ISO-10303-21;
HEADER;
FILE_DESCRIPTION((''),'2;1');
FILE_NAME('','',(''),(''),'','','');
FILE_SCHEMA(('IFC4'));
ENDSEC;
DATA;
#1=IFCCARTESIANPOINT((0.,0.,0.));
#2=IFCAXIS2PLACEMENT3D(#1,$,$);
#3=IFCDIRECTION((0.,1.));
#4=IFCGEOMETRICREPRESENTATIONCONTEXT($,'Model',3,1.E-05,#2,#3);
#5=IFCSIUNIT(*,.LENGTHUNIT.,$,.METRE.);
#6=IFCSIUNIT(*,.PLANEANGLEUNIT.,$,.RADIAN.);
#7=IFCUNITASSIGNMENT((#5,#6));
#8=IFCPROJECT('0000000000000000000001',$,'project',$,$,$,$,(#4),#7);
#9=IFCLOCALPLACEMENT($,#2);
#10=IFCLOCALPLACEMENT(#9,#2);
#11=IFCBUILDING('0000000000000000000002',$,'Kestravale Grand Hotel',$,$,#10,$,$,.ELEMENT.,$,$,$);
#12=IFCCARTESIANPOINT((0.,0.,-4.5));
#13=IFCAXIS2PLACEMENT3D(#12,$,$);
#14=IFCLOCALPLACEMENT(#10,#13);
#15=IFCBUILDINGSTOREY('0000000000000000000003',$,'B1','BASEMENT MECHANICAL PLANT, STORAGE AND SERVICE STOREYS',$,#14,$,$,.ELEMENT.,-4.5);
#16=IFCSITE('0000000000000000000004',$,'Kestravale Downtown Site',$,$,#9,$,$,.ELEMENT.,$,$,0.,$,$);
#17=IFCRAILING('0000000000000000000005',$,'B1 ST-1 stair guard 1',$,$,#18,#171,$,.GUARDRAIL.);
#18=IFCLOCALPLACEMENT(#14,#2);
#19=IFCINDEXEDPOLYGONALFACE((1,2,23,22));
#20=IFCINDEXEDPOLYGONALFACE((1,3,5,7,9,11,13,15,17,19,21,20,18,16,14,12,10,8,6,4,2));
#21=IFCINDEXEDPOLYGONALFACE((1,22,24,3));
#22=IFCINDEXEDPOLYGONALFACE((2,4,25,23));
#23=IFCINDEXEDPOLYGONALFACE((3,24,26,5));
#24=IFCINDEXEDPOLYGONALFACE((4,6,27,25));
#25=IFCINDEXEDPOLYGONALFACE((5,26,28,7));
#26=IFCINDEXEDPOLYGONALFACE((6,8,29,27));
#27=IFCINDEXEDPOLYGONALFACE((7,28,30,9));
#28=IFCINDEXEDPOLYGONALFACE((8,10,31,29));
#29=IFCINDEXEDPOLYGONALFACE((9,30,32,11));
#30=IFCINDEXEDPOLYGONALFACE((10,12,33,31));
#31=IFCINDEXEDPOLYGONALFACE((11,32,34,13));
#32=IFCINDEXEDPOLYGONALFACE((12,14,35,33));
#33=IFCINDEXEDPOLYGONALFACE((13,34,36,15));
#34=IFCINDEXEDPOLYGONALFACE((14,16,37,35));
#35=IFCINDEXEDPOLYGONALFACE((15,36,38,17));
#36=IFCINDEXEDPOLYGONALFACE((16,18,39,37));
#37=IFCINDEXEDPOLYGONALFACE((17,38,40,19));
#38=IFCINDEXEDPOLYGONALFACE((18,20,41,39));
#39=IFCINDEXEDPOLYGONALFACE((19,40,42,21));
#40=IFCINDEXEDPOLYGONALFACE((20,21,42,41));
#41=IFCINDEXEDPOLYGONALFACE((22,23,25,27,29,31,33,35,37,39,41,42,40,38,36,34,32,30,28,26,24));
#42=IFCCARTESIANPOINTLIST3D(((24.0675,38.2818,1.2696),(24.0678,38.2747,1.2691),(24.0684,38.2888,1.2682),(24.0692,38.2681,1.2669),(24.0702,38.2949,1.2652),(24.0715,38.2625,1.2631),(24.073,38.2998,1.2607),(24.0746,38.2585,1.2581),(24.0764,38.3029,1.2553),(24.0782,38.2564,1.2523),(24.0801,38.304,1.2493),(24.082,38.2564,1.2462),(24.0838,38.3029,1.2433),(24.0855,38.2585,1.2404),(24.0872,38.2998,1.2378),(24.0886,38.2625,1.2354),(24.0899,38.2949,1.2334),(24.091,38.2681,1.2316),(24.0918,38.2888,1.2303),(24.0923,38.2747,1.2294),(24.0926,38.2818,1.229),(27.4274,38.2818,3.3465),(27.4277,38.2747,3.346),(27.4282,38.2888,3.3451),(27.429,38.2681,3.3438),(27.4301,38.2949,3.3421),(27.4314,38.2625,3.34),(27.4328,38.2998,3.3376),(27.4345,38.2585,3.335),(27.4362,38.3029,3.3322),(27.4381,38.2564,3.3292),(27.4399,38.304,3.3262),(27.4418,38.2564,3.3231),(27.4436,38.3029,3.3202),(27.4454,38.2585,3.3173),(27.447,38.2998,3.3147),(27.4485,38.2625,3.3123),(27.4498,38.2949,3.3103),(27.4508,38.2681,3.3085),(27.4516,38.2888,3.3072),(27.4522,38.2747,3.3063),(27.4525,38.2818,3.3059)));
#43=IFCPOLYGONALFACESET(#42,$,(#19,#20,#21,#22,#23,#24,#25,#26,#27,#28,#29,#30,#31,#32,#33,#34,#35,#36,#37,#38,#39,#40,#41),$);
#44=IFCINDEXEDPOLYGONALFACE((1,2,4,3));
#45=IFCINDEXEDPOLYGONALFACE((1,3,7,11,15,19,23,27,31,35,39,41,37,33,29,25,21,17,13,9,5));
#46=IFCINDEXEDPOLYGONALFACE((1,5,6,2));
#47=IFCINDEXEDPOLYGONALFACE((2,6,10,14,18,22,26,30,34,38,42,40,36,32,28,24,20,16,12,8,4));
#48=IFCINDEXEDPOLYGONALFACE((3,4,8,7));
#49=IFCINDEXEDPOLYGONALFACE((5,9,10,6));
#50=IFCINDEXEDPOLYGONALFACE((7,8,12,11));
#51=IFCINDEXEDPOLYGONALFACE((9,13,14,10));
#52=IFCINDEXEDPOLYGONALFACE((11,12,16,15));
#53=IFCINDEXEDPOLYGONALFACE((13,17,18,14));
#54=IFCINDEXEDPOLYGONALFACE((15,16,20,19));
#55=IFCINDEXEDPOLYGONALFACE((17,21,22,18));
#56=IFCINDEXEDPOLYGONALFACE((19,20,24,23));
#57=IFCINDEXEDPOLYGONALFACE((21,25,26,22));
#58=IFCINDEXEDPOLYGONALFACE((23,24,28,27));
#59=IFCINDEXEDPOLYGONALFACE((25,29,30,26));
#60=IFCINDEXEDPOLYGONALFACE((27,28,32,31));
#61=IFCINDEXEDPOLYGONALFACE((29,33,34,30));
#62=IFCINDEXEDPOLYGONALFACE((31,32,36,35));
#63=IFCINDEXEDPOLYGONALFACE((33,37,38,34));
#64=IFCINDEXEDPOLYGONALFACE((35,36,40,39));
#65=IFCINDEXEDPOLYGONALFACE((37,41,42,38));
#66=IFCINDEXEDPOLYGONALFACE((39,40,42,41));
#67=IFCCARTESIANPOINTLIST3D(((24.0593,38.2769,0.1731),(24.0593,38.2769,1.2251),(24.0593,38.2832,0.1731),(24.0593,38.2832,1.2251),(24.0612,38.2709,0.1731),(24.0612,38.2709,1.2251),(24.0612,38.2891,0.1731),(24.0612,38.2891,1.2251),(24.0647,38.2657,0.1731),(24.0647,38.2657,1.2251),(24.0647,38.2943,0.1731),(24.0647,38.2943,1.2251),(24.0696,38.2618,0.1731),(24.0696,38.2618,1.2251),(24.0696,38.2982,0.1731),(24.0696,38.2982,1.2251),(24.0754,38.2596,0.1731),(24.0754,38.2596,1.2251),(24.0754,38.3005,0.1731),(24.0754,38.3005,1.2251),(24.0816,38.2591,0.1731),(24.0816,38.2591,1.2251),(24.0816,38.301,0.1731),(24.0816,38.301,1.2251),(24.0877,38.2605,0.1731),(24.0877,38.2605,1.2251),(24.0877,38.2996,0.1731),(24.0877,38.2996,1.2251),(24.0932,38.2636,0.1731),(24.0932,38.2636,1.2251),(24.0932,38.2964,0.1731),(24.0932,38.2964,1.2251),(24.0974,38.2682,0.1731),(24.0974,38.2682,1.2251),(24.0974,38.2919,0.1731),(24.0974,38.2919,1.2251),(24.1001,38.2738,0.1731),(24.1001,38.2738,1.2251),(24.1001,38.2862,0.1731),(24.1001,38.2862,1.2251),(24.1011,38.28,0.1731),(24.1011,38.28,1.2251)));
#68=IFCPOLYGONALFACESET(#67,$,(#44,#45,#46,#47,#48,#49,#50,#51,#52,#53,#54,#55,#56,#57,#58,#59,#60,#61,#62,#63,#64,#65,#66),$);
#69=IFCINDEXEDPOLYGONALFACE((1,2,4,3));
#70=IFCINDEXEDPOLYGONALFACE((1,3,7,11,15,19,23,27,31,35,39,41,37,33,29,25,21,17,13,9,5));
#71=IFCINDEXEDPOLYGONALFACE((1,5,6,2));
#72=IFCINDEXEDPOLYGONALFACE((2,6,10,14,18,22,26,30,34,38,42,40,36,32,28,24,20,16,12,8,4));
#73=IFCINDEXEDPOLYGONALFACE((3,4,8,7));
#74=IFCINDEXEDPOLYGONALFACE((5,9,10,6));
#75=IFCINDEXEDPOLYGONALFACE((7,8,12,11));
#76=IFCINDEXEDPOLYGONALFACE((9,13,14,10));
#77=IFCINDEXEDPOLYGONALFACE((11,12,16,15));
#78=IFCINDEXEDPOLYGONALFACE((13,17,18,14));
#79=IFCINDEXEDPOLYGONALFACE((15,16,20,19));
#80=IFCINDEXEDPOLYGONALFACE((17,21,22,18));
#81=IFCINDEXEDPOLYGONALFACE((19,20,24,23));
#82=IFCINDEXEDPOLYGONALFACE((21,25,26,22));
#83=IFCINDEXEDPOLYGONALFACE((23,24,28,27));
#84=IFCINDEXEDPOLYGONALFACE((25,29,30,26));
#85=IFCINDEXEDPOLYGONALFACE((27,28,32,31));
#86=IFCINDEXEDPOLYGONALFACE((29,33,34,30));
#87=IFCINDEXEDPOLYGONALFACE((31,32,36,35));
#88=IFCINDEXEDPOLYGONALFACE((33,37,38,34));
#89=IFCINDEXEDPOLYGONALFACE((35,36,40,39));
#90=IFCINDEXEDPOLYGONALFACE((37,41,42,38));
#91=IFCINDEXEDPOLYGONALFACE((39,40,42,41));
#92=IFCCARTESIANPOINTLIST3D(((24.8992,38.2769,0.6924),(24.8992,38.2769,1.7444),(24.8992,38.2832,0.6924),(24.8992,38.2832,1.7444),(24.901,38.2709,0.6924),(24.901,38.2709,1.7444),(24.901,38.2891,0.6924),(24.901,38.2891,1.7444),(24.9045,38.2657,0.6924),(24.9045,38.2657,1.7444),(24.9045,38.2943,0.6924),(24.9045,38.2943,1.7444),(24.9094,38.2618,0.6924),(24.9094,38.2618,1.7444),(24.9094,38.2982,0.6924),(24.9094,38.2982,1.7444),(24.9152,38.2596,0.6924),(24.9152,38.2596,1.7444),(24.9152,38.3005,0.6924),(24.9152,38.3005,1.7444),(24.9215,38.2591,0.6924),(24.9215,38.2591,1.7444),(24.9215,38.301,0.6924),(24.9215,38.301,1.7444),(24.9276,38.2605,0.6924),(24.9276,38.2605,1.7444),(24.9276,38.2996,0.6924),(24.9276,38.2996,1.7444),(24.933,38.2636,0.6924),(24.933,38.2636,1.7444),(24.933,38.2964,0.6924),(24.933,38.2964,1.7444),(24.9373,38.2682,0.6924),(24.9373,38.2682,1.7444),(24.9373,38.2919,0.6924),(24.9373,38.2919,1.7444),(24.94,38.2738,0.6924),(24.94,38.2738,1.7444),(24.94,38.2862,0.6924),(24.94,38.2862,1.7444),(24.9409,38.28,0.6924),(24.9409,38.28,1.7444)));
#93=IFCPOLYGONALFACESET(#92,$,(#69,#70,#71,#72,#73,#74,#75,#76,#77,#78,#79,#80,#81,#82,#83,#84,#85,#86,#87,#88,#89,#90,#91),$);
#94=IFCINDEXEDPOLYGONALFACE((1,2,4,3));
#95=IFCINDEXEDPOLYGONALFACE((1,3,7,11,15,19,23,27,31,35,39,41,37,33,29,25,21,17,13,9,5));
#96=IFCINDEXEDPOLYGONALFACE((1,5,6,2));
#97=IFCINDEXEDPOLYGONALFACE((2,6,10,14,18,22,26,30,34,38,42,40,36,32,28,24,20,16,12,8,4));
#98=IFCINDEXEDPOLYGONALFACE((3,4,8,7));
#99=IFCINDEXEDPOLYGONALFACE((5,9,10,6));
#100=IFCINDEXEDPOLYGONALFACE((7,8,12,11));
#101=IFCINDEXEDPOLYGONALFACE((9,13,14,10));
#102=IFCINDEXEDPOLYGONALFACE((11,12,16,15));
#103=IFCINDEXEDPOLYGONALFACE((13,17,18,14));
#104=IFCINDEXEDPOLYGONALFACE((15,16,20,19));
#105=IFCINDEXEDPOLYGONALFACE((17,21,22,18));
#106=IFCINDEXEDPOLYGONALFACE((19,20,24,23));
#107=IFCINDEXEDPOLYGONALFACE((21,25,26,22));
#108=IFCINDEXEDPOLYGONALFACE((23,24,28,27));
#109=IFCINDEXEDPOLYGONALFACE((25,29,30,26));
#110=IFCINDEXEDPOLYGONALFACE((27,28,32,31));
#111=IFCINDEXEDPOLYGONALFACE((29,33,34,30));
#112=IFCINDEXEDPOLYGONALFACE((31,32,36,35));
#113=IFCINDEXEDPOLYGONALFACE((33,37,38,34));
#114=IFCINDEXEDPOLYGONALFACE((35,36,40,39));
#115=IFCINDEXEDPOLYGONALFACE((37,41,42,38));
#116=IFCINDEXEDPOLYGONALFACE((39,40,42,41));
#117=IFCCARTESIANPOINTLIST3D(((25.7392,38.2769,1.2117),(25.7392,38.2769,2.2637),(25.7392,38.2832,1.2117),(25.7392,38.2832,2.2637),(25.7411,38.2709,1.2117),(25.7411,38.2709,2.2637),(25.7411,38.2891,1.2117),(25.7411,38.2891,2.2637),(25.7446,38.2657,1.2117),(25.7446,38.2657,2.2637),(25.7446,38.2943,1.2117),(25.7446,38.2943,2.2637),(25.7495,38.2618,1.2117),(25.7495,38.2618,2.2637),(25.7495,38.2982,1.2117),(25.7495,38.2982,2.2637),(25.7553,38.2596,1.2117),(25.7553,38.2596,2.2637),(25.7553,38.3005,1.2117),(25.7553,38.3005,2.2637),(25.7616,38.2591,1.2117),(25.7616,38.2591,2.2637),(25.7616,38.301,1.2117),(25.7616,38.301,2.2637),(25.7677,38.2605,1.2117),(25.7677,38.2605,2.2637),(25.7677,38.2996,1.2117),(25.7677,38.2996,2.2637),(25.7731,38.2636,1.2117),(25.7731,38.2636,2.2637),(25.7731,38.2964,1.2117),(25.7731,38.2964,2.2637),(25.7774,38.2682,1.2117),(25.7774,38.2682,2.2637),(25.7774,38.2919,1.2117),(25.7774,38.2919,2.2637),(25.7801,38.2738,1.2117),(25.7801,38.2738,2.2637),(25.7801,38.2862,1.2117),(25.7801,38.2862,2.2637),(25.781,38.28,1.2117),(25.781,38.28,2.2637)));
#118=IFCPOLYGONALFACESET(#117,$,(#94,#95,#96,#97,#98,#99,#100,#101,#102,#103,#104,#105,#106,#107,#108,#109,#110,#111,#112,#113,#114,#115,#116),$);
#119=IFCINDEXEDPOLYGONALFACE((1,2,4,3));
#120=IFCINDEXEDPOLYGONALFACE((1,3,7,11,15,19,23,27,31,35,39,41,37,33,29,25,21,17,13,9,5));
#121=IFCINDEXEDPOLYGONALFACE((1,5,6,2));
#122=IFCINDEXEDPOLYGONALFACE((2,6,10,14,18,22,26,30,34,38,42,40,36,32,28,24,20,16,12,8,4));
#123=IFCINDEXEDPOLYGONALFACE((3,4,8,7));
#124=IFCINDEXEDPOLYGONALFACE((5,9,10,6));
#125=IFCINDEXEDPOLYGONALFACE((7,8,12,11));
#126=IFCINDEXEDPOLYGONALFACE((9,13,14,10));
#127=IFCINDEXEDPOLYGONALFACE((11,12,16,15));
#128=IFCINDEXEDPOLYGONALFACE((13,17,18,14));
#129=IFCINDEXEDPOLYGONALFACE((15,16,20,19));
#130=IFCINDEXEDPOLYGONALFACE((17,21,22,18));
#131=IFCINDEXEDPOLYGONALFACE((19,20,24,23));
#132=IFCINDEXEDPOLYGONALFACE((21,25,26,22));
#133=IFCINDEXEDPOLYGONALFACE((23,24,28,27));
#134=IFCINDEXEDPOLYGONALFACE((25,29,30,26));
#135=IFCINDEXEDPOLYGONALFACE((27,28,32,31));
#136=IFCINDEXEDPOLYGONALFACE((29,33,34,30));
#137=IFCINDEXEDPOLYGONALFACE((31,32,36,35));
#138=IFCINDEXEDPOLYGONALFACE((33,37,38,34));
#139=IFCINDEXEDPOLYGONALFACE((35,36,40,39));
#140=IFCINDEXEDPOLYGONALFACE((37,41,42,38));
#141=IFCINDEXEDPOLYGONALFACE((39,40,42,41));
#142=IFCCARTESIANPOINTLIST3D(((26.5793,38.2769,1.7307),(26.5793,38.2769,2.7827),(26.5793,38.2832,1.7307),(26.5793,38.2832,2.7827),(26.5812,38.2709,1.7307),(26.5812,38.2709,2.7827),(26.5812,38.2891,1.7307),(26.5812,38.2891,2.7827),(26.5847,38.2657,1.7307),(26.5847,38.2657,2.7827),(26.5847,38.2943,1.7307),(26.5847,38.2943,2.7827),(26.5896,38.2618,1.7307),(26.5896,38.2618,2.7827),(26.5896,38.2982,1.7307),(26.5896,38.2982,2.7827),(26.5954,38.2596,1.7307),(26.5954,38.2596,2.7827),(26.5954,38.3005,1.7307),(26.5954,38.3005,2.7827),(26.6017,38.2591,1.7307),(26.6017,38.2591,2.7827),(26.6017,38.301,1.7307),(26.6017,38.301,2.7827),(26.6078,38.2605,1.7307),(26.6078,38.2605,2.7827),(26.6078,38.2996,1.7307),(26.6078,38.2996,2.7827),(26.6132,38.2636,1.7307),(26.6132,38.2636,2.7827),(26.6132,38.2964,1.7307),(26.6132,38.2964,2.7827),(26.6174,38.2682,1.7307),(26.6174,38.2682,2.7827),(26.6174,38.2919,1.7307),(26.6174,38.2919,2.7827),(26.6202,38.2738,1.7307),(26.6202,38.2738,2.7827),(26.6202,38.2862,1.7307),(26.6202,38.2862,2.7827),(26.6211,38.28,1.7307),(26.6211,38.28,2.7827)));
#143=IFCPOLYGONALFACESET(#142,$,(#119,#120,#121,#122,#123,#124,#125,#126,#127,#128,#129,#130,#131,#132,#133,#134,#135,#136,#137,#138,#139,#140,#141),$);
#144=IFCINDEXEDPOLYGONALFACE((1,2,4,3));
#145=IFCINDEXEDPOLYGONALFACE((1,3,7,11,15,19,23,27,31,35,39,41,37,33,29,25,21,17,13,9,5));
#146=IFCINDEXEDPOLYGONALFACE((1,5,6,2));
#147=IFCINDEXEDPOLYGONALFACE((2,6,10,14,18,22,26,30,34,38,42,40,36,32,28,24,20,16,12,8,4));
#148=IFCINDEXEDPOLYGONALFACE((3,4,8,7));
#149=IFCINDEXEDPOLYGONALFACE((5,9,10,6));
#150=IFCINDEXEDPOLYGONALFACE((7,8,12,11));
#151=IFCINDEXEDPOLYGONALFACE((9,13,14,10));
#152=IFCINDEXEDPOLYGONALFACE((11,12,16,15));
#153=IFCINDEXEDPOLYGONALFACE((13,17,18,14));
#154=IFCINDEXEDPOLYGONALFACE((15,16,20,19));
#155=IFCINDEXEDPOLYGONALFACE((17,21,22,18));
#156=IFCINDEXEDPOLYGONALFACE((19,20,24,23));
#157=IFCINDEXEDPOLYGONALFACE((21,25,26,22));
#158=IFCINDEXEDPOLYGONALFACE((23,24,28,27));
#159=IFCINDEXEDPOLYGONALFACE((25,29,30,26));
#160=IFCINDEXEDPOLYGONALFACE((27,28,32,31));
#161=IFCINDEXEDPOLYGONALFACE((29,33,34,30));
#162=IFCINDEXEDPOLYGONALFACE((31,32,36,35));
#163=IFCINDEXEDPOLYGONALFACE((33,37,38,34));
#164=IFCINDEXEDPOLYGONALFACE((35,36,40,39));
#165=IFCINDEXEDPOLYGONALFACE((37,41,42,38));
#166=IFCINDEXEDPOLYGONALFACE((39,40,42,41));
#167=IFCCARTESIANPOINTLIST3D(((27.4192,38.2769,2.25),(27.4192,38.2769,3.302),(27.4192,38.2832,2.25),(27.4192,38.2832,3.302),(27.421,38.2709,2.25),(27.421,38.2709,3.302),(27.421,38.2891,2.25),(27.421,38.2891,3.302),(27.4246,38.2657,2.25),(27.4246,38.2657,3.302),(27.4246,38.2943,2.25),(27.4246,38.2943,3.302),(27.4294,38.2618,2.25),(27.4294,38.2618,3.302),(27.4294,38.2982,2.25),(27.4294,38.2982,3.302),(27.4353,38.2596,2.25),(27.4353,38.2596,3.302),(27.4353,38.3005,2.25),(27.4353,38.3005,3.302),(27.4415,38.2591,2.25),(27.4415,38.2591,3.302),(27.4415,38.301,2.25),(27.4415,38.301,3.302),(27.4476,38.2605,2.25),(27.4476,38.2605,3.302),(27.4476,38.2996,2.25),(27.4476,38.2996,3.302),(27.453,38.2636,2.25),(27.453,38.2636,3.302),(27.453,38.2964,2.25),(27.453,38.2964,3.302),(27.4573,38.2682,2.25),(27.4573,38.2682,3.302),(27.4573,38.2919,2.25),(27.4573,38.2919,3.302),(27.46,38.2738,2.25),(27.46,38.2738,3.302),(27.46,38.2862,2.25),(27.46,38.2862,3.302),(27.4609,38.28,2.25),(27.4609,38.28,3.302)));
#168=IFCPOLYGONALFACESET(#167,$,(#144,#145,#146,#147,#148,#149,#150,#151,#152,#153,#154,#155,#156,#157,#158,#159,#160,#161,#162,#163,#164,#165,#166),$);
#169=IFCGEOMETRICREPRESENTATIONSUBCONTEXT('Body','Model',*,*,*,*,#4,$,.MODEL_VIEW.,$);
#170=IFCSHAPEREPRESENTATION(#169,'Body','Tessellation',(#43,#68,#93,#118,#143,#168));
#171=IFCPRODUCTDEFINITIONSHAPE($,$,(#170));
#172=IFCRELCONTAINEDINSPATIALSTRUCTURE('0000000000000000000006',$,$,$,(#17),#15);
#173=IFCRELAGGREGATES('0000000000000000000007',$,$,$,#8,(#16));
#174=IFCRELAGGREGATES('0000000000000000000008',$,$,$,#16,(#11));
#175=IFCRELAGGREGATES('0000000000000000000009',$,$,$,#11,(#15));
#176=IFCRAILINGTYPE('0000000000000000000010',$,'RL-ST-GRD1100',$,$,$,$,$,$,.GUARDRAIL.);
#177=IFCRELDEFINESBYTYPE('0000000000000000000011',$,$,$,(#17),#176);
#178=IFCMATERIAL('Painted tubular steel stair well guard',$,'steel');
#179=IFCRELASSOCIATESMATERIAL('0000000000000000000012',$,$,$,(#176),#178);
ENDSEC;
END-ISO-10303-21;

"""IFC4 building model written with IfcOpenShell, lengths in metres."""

from ifc_helpers import new_model, si_unit, direction, frame, origin, origin_2d, place, context, subcontext, project, spatial, circle, extrude, material, type_object, element, save


model = new_model("IFC4")

# Units and contexts
model_context = context("Model", 3, precision=1e-05, world=origin(), true_north=direction((0.0, 1.0)))
body_context = subcontext(model_context, "Body", "Model", "MODEL_VIEW")
ifc_project = project(units=[si_unit("LENGTHUNIT", "METRE"), si_unit("PLANEANGLEUNIT", "RADIAN")], contexts=[model_context])

# Site, building, storey
site_placement = place(None, origin())
site = spatial("IfcSite", under=ifc_project, at=site_placement, Name="Kestravale Downtown Site", CompositionType="ELEMENT", RefElevation=0.0)
building_placement = place(site_placement, origin())
building = spatial("IfcBuilding", under=site, at=building_placement, Name="Kestravale Grand Hotel", CompositionType="ELEMENT")
storey_placement = place(building_placement, frame((0.0, 0.0, -4.5)))
storey = spatial("IfcBuildingStorey", under=building, at=storey_placement, Name="B1", Description="BASEMENT MECHANICAL PLANT, STORAGE AND SERVICE STOREYS", CompositionType="ELEMENT", Elevation=-4.5)

# Railing
ifc_material_1 = material(Name="Painted tubular steel stair well guard", Category="steel")
railing_type_1 = type_object("IfcRailingType", Name="RL-ST-GRD1100", PredefinedType="GUARDRAIL", material=ifc_material_1)
railing_1_placement = place(storey_placement, frame((24.0801, 38.28, 0.1731)))
element("IfcRailing", 1, at=railing_1_placement, inside=storey, type_object=railing_type_1, Name="B1 ST-1 stair guard 1", PredefinedType="GUARDRAIL", context=body_context, shape_type="SweptSolid", body=[
    extrude(circle(Radius=0.0239, at=origin_2d()), frame((0.0, 0.0, 1.0762), z_axis=(0.850606, 0.0, 0.525803), x_axis=(0.0, 1.0, 0.0)), (0.0, 0.0, 1.0), 3.95),
    extrude(circle(Radius=0.021, at=origin_2d()), origin(), (0.0, 0.0, 1.0), 1.052),
    extrude(circle(Radius=0.021, at=origin_2d()), frame((0.8398, 0.0, 0.5193)), (0.0, 0.0, 1.0), 1.052),
    extrude(circle(Radius=0.021, at=origin_2d()), frame((1.6799, 0.0, 1.0386)), (0.0, 0.0, 1.0), 1.052),
    extrude(circle(Radius=0.021, at=origin_2d()), frame((2.52, 0.0, 1.5576)), (0.0, 0.0, 1.0), 1.052),
    extrude(circle(Radius=0.021, at=origin_2d()), frame((3.3599, 0.0, 2.0769)), (0.0, 0.0, 1.0), 1.052),
])

save(model, "model.ifc")
